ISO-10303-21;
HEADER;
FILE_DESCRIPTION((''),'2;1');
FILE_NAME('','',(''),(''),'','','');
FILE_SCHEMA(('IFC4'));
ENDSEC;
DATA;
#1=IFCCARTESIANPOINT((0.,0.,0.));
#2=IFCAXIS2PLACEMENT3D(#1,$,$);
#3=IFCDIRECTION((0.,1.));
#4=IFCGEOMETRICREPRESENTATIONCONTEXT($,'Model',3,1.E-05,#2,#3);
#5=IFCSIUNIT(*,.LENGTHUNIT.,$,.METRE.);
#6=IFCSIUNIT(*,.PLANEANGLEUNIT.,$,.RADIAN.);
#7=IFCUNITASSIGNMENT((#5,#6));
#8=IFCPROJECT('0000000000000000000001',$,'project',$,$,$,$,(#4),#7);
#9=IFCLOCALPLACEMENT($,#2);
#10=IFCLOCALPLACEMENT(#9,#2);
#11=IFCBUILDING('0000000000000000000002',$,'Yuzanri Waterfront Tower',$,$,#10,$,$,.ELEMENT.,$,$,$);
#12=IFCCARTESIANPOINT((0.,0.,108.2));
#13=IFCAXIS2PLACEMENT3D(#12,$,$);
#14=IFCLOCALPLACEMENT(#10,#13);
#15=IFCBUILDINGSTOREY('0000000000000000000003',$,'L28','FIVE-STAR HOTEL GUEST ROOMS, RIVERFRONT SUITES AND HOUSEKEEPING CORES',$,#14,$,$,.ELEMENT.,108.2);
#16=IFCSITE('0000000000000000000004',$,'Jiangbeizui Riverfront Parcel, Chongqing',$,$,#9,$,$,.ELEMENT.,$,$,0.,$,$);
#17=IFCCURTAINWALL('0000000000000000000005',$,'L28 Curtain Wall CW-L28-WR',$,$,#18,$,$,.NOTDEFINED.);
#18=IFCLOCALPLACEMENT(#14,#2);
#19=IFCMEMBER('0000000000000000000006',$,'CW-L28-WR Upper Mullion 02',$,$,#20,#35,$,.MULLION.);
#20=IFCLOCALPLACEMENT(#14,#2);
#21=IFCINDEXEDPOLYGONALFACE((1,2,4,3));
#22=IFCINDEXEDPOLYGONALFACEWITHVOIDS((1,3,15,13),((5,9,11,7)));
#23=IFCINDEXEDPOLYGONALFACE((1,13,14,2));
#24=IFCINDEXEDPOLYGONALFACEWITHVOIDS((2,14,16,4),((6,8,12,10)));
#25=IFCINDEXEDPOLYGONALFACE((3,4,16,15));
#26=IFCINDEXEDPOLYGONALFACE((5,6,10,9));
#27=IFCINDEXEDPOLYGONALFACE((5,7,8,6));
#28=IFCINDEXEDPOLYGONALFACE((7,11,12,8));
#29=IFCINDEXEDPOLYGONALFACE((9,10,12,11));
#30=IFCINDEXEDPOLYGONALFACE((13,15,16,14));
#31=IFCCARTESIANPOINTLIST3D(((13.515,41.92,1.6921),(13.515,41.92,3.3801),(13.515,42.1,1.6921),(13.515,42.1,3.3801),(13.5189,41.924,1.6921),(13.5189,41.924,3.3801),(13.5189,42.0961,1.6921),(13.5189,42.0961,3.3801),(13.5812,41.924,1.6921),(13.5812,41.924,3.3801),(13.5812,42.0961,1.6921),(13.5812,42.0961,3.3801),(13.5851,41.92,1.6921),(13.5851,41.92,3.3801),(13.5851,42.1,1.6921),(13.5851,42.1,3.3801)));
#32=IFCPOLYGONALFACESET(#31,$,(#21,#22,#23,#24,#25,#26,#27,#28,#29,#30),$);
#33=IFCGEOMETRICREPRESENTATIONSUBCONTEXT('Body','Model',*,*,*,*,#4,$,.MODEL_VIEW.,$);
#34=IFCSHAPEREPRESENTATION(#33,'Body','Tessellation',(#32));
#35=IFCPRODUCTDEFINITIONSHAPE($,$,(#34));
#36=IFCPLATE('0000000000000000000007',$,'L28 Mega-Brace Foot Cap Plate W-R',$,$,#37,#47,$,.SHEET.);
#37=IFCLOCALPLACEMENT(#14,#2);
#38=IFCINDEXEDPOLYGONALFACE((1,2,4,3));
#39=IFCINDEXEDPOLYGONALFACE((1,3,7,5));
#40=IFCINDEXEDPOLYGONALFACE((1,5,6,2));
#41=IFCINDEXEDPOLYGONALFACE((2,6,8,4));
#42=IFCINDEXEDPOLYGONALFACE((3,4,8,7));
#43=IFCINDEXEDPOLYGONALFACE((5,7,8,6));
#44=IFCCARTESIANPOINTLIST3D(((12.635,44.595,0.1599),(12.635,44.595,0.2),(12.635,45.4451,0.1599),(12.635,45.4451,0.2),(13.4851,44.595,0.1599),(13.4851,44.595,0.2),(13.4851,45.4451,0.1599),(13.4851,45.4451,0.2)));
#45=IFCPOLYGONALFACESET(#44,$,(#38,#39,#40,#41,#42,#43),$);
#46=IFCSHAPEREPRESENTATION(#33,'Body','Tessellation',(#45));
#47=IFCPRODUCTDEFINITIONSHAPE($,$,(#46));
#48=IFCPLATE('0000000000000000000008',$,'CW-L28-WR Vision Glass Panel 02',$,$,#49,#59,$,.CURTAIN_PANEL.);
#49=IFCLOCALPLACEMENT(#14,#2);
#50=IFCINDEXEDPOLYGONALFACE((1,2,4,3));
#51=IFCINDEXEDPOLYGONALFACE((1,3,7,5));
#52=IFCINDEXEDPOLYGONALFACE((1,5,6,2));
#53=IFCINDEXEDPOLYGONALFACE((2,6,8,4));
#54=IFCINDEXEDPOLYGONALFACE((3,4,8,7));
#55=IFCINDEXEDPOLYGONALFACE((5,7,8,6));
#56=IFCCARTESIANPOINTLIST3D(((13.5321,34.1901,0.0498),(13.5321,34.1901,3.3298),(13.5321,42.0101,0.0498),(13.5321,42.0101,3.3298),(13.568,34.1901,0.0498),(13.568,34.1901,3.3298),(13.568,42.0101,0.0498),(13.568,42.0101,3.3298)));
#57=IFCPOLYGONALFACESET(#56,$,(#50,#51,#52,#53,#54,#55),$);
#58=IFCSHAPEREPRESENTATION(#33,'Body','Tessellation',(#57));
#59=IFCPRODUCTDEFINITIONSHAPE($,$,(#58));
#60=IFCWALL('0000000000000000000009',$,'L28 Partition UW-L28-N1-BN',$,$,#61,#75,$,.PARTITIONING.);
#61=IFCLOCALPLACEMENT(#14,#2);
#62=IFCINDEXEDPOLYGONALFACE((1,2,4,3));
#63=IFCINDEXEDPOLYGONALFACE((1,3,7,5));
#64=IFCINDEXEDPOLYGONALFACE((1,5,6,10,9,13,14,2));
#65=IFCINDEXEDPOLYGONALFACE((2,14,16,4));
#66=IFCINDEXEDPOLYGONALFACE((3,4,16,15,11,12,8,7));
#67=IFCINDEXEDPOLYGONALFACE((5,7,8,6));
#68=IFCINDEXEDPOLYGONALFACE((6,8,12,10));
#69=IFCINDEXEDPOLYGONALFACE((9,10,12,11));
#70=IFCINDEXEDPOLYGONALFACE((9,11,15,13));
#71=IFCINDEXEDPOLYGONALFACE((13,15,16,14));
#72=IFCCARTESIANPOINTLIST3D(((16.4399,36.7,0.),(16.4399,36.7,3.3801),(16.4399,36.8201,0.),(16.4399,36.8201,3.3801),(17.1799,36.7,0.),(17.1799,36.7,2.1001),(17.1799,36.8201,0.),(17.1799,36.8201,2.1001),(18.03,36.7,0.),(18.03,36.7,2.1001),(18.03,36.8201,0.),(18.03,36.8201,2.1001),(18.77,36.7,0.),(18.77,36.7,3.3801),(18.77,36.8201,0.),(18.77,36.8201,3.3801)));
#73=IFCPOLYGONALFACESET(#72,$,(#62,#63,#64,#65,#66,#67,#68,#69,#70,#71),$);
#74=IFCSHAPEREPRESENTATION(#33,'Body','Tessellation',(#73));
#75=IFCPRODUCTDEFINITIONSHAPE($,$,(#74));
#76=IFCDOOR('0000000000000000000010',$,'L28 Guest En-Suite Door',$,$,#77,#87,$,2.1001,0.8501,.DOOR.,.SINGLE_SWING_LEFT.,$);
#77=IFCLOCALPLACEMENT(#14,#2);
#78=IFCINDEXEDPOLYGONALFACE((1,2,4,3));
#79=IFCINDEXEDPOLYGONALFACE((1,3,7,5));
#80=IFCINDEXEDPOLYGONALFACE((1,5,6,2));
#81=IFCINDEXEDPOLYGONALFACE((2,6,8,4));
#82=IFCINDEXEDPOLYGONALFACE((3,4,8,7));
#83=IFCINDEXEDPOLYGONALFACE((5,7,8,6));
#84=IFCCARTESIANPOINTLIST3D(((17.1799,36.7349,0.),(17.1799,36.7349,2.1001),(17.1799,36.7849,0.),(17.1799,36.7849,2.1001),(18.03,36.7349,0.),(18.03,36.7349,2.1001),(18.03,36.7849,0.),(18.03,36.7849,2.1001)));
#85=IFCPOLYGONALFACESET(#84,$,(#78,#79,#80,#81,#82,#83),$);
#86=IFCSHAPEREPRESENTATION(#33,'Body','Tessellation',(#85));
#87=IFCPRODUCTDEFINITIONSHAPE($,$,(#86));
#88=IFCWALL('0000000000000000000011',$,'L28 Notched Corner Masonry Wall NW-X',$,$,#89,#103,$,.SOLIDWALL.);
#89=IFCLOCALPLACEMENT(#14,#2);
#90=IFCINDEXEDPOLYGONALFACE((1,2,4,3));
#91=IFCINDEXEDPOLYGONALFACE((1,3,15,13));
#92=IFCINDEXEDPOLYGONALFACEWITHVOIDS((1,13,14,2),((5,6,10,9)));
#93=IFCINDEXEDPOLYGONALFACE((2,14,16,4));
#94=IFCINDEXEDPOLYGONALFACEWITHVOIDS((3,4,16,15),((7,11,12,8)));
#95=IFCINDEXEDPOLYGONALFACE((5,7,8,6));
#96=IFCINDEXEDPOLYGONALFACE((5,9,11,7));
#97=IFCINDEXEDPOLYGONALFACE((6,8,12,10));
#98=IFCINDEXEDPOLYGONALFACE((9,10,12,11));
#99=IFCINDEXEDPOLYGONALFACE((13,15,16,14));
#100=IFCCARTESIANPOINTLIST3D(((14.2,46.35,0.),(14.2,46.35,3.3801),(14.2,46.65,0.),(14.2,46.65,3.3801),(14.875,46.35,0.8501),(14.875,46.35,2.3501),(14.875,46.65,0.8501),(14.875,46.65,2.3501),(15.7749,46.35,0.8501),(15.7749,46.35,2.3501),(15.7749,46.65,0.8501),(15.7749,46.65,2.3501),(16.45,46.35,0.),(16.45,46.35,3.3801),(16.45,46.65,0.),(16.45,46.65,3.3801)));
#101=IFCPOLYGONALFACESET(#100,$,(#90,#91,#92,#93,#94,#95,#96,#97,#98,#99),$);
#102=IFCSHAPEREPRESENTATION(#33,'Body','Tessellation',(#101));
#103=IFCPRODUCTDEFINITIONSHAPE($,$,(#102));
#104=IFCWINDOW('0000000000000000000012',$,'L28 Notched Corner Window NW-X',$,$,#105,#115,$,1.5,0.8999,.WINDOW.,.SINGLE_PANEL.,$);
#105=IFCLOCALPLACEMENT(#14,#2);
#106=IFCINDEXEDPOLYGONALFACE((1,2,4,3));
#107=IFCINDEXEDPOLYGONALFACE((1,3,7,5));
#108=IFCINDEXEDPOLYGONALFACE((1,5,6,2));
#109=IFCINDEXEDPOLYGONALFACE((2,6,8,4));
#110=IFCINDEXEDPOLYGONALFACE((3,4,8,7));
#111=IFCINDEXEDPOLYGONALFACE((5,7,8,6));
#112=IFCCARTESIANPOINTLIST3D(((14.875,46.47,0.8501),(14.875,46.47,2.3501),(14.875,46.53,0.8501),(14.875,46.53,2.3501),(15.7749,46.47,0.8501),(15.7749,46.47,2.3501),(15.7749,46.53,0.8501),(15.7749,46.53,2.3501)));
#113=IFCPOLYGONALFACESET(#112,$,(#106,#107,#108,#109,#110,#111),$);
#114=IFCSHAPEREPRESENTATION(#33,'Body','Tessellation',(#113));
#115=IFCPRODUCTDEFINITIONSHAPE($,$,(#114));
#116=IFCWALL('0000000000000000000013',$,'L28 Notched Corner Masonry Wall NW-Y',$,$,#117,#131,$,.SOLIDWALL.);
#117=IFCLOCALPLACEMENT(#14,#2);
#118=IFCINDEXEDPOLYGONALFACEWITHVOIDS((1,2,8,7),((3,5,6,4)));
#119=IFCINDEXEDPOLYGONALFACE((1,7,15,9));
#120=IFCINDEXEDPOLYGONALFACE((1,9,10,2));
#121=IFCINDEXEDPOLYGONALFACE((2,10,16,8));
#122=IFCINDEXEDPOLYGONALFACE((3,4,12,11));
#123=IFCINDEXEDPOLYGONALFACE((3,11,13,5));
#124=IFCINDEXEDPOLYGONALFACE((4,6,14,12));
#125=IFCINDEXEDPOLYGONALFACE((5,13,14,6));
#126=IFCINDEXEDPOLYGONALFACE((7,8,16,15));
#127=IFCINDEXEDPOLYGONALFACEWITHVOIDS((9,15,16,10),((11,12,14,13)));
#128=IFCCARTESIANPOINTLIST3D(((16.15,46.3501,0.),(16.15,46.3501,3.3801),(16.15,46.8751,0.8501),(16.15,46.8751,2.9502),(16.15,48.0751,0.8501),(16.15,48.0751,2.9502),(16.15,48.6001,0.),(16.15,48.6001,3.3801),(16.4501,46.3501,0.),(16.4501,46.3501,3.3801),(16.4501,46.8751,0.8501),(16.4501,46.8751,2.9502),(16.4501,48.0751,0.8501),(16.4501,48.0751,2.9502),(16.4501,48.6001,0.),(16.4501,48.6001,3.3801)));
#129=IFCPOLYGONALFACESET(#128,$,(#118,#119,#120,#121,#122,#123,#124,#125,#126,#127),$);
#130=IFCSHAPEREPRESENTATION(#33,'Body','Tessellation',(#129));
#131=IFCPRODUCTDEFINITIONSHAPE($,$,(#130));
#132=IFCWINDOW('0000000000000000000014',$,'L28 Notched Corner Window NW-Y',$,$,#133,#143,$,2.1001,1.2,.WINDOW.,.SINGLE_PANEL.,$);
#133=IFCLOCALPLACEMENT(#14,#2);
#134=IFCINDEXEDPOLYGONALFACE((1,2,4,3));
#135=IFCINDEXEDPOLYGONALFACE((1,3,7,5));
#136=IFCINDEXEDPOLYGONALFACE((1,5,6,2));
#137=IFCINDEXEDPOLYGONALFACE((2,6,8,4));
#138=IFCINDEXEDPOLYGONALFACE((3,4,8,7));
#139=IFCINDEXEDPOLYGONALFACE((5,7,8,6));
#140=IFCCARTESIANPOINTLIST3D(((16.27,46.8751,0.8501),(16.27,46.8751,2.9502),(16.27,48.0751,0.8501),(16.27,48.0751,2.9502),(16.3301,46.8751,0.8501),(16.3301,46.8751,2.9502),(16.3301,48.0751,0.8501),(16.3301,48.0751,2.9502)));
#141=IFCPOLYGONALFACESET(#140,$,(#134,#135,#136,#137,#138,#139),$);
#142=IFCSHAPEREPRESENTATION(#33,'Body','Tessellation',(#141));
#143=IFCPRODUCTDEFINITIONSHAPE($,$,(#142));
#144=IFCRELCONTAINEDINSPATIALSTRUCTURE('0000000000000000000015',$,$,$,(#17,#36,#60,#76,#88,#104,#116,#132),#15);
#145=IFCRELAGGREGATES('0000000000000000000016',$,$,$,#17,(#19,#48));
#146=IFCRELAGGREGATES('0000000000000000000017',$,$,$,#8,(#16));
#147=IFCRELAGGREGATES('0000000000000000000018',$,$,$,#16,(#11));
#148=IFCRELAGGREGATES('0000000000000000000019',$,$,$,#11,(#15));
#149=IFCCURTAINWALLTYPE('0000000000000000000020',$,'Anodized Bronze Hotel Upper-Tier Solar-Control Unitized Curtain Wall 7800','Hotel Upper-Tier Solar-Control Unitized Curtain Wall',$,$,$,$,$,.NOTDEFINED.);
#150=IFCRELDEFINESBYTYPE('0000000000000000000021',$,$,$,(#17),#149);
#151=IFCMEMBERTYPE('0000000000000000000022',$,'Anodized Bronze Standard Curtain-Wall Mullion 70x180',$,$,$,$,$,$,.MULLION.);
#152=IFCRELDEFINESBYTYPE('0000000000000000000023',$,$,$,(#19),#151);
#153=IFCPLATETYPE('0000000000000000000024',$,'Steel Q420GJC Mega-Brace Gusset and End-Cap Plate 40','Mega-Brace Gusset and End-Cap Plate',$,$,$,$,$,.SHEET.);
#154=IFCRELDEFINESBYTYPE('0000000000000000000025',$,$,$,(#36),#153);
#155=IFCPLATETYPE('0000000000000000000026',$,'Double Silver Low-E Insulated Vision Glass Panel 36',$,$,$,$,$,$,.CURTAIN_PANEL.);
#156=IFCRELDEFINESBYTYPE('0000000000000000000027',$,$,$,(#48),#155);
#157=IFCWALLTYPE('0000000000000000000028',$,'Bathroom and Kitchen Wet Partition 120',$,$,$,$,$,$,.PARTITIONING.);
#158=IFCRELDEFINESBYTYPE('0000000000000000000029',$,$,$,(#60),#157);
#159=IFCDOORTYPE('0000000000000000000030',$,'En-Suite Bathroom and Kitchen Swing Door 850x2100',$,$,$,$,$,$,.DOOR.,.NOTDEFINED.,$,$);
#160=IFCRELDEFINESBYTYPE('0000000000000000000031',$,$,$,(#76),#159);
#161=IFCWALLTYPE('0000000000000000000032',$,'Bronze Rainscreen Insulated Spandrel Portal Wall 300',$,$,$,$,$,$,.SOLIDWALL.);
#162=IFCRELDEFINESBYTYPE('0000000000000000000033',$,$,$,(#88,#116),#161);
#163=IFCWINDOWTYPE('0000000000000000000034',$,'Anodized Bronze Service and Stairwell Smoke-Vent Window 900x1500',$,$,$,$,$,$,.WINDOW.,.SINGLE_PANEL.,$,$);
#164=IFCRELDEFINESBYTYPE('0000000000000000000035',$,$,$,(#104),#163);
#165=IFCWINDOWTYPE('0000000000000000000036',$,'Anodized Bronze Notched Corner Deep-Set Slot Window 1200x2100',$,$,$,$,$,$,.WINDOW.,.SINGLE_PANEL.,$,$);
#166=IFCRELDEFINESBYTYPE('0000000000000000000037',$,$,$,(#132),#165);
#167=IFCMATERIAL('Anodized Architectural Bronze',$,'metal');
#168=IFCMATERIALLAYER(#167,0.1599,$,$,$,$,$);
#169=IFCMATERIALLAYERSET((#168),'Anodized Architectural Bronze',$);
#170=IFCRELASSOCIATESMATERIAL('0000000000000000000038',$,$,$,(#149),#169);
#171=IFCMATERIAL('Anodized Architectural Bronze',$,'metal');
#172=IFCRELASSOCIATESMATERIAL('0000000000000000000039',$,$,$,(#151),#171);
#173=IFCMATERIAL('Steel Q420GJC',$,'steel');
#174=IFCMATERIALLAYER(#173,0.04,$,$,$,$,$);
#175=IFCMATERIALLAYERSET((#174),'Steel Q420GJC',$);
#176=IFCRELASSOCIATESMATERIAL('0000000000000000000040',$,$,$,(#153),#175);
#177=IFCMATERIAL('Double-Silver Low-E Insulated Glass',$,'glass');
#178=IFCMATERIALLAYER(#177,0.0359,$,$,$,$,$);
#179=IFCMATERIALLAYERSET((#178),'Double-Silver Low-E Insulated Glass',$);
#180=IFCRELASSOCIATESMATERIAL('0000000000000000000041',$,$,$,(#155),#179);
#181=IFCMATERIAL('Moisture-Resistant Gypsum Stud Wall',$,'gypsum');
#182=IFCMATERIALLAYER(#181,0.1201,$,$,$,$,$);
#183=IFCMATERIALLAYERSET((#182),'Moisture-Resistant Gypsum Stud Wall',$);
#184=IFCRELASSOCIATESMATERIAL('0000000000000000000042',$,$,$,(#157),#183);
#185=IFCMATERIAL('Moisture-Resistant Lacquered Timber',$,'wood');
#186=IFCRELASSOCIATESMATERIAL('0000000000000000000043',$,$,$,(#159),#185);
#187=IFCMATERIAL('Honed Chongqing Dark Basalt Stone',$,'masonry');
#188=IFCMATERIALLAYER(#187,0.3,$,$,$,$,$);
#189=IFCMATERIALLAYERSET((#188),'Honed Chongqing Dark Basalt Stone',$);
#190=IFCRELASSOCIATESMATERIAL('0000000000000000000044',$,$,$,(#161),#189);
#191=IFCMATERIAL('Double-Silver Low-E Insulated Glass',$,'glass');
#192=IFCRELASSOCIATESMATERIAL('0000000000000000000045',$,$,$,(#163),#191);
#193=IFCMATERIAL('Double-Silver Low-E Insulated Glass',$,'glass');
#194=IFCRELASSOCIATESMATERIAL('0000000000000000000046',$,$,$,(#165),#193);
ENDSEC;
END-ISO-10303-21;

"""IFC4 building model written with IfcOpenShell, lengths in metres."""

from ifc_helpers import new_model, si_unit, direction, frame, frame_2d, origin, origin_2d, place, context, subcontext, project, spatial, rectangle, hollow_rectangle, extrude, source, transform, mapped, material, layer, layer_set, material_profile, profile_set, type_object, element, fill, aggregate, save


model = new_model("IFC4")

# Units and contexts
model_context = context("Model", 3, precision=1e-05, world=origin(), true_north=direction((0.0, 1.0)))
body_context = subcontext(model_context, "Body", "Model", "MODEL_VIEW")
ifc_project = project(units=[si_unit("LENGTHUNIT", "METRE"), si_unit("PLANEANGLEUNIT", "RADIAN")], contexts=[model_context])

# Site, building, storey
site_placement = place(None, origin())
site = spatial("IfcSite", under=ifc_project, at=site_placement, Name="Jiangbeizui Riverfront Parcel, Chongqing", CompositionType="ELEMENT", RefElevation=0.0)
building_placement = place(site_placement, origin())
building = spatial("IfcBuilding", under=site, at=building_placement, Name="Yuzanri Waterfront Tower", CompositionType="ELEMENT")
storey_placement = place(building_placement, frame((0.0, 0.0, 108.2)))
storey = spatial("IfcBuildingStorey", under=building, at=storey_placement, Name="L28", Description="FIVE-STAR HOTEL GUEST ROOMS, RIVERFRONT SUITES AND HOUSEKEEPING CORES", CompositionType="ELEMENT", Elevation=108.2)

# Curtain wall, member
ifc_material_1 = material(Name="Anodized Architectural Bronze", Category="metal")
ifc_layer_1 = layer(ifc_material_1, 0.1599)
ifc_layer_set_1 = layer_set([ifc_layer_1], Name="Anodized Architectural Bronze")
curtain_wall_type = type_object("IfcCurtainWallType", Name="Anodized Bronze Hotel Upper-Tier Solar-Control Unitized Curtain Wall 7800", Description="Hotel Upper-Tier Solar-Control Unitized Curtain Wall", PredefinedType="NOTDEFINED", material=ifc_layer_set_1)
curtain_wall_placement = place(storey_placement, origin())
curtain_wall = element("IfcCurtainWall", 1, at=curtain_wall_placement, inside=storey, type_object=curtain_wall_type, Name="L28 Curtain Wall CW-L28-WR", PredefinedType="NOTDEFINED")
ifc_material_2 = material(Name="Anodized Architectural Bronze", Category="metal")
ifc_material_profile_1 = material_profile(ifc_material_2, hollow_rectangle(XDim=0.0701, YDim=0.1799, WallThickness=0.0039, at=origin_2d()), Name="CWM 70x180")
ifc_profile_set_1 = profile_set([ifc_material_profile_1], Name="Anodized Architectural Bronze")
member_type_1 = type_object("IfcMemberType", Name="Anodized Bronze Standard Curtain-Wall Mullion 70x180", PredefinedType="MULLION", material=ifc_profile_set_1)
shared_shape_1 = source(origin(), body_context, "Body", "SweptSolid", [
    extrude(hollow_rectangle(XDim=0.0701, YDim=0.1799, WallThickness=0.0039, at=origin_2d()), origin(), (0.0, 0.0, 1.0), 1.688),
])
member_1_placement = place(storey_placement, frame((13.55, 42.01, 1.6921), z_axis=(0.0, 0.0, 1.0), x_axis=(1.0, 0.0, 0.0)))
member_1 = element("IfcMember", 2, at=member_1_placement, type_object=member_type_1, Name="CW-L28-WR Upper Mullion 02", PredefinedType="MULLION", context=body_context, shape_type="MappedRepresentation", body=[
    mapped(shared_shape_1, transform((0.0, 0.0, 0.0), scale=1.0)),
])

# Plates
ifc_material_3 = material(Name="Steel Q420GJC", Category="steel")
ifc_layer_2 = layer(ifc_material_3, 0.04)
ifc_layer_set_2 = layer_set([ifc_layer_2], Name="Steel Q420GJC")
plate_type_1 = type_object("IfcPlateType", Name="Steel Q420GJC Mega-Brace Gusset and End-Cap Plate 40", Description="Mega-Brace Gusset and End-Cap Plate", PredefinedType="SHEET", material=ifc_layer_set_2)
shared_shape_2 = source(origin(), body_context, "Body", "SweptSolid", [
    extrude(rectangle(XDim=0.8501, YDim=0.8501, at=origin_2d()), origin(), (0.0, 0.0, 1.0), 0.04),
])
plate_1_placement = place(storey_placement, frame((13.0601, 45.02, 0.1599), z_axis=(0.0, 0.0, 1.0), x_axis=(1.0, 0.0, 0.0)))
element("IfcPlate", 3, at=plate_1_placement, inside=storey, type_object=plate_type_1, Name="L28 Mega-Brace Foot Cap Plate W-R", PredefinedType="SHEET", context=body_context, shape_type="MappedRepresentation", body=[
    mapped(shared_shape_2, transform((0.0, 0.0, 0.0), scale=1.0)),
])
ifc_material_4 = material(Name="Double-Silver Low-E Insulated Glass", Category="glass")
ifc_layer_3 = layer(ifc_material_4, 0.0359)
ifc_layer_set_3 = layer_set([ifc_layer_3], Name="Double-Silver Low-E Insulated Glass")
plate_type_2 = type_object("IfcPlateType", Name="Double Silver Low-E Insulated Vision Glass Panel 36", PredefinedType="CURTAIN_PANEL", material=ifc_layer_set_3)
shared_shape_3 = source(origin(), body_context, "Body", "SweptSolid", [
    extrude(rectangle(XDim=7.8201, YDim=0.0359, at=origin_2d()), origin(), (0.0, 0.0, 1.0), 3.28),
])
plate_2_placement = place(storey_placement, frame((13.55, 38.1001, 0.0498), z_axis=(0.0, 0.0, 1.0), x_axis=(0.0, 1.0, 0.0)))
plate_2 = element("IfcPlate", 4, at=plate_2_placement, type_object=plate_type_2, Name="CW-L28-WR Vision Glass Panel 02", PredefinedType="CURTAIN_PANEL", context=body_context, shape_type="MappedRepresentation", body=[
    mapped(shared_shape_3, transform((0.0, 0.0, 0.0), scale=1.0)),
])
aggregate(curtain_wall, [member_1, plate_2])

# Wall, opening, door
ifc_material_5 = material(Name="Moisture-Resistant Gypsum Stud Wall", Category="gypsum")
ifc_layer_4 = layer(ifc_material_5, 0.1201)
ifc_layer_set_4 = layer_set([ifc_layer_4], Name="Moisture-Resistant Gypsum Stud Wall")
wall_type_1 = type_object("IfcWallType", Name="Bathroom and Kitchen Wet Partition 120", PredefinedType="PARTITIONING", material=ifc_layer_set_4)
wall_1_placement = place(storey_placement, frame((16.4399, 36.76, 0.0), z_axis=(0.0, 0.0, 1.0), x_axis=(1.0, 0.0, 0.0)))
wall_1 = element("IfcWall", 5, at=wall_1_placement, inside=storey, type_object=wall_type_1, Name="L28 Partition UW-L28-N1-BN", PredefinedType="PARTITIONING", context=body_context, shape_type="SweptSolid", body=[
    extrude(rectangle(XDim=2.3301, YDim=0.1201, at=frame_2d((1.165, 0.0))), origin(), (0.0, 0.0, 1.0), 3.3801),
])
opening_1_placement = place(wall_1_placement, frame((0.74, 0.0, 0.0)))
opening_1 = element("IfcOpeningElement", 6, at=opening_1_placement, cuts=wall_1, PredefinedType="OPENING", context=body_context, shape_type="SweptSolid", body=[
    extrude(rectangle(XDim=0.8501, YDim=2.1001, at=frame_2d((0.425, 1.05))), frame((0.0, 0.075, 0.0), z_axis=(0.0, -1.0, 0.0), x_axis=(1.0, 0.0, 0.0)), (0.0, 0.0, 1.0), 0.1499),
])
ifc_material_6 = material(Name="Moisture-Resistant Lacquered Timber", Category="wood")
door_type_1 = type_object("IfcDoorType", Name="En-Suite Bathroom and Kitchen Swing Door 850x2100", OperationType="NOTDEFINED", PredefinedType="DOOR", material=ifc_material_6)
shared_shape_4 = source(origin(), body_context, "Body", "SweptSolid", [
    extrude(rectangle(XDim=0.8501, YDim=2.1001, at=frame_2d((0.425, 1.05))), frame((0.0, 0.0249, 0.0), z_axis=(0.0, -1.0, 0.0), x_axis=(1.0, 0.0, 0.0)), (0.0, 0.0, 1.0), 0.05),
])
door_1_placement = place(opening_1_placement, origin())
door_1 = element("IfcDoor", 7, at=door_1_placement, inside=storey, type_object=door_type_1, Name="L28 Guest En-Suite Door", OperationType="SINGLE_SWING_LEFT", OverallHeight=2.1001, OverallWidth=0.8501, PredefinedType="DOOR", context=body_context, shape_type="MappedRepresentation", body=[
    mapped(shared_shape_4, transform((0.0, 0.0, 0.0), scale=1.0)),
])
fill(opening_1, door_1)

# Walls, openings, windows
ifc_material_7 = material(Name="Honed Chongqing Dark Basalt Stone", Category="masonry")
ifc_layer_5 = layer(ifc_material_7, 0.3)
ifc_layer_set_5 = layer_set([ifc_layer_5], Name="Honed Chongqing Dark Basalt Stone")
wall_type_2 = type_object("IfcWallType", Name="Bronze Rainscreen Insulated Spandrel Portal Wall 300", PredefinedType="SOLIDWALL", material=ifc_layer_set_5)
wall_2_placement = place(storey_placement, frame((16.45, 46.5, 0.0), z_axis=(0.0, 0.0, 1.0), x_axis=(-1.0, 0.0, 0.0)))
wall_2 = element("IfcWall", 8, at=wall_2_placement, inside=storey, type_object=wall_type_2, Name="L28 Notched Corner Masonry Wall NW-X", PredefinedType="SOLIDWALL", context=body_context, shape_type="SweptSolid", body=[
    extrude(rectangle(XDim=2.25, YDim=0.3, at=frame_2d((1.125, 0.0))), origin(), (0.0, 0.0, 1.0), 3.3801),
])
opening_2_placement = place(wall_2_placement, frame((0.675, 0.0, 0.8501)))
opening_2 = element("IfcOpeningElement", 9, at=opening_2_placement, cuts=wall_2, PredefinedType="OPENING", context=body_context, shape_type="SweptSolid", body=[
    extrude(rectangle(XDim=0.8999, YDim=1.5, at=frame_2d((0.45, 0.75))), frame((0.0, 0.165, 0.0), z_axis=(0.0, -1.0, 0.0), x_axis=(1.0, 0.0, 0.0)), (0.0, 0.0, 1.0), 0.3298),
])
ifc_material_8 = material(Name="Double-Silver Low-E Insulated Glass", Category="glass")
window_type_1 = type_object("IfcWindowType", Name="Anodized Bronze Service and Stairwell Smoke-Vent Window 900x1500", PartitioningType="SINGLE_PANEL", PredefinedType="WINDOW", material=ifc_material_8)
shared_shape_5 = source(origin(), body_context, "Body", "SweptSolid", [
    extrude(rectangle(XDim=0.8999, YDim=1.5, at=frame_2d((0.45, 0.75))), frame((0.0, 0.03, 0.0), z_axis=(0.0, -1.0, 0.0), x_axis=(1.0, 0.0, 0.0)), (0.0, 0.0, 1.0), 0.0601),
])
window_1_placement = place(opening_2_placement, origin())
window_1 = element("IfcWindow", 10, at=window_1_placement, inside=storey, type_object=window_type_1, Name="L28 Notched Corner Window NW-X", OverallHeight=1.5, OverallWidth=0.8999, PartitioningType="SINGLE_PANEL", PredefinedType="WINDOW", context=body_context, shape_type="MappedRepresentation", body=[
    mapped(shared_shape_5, transform((0.0, 0.0, 0.0), scale=1.0)),
])
fill(opening_2, window_1)
wall_3_placement = place(storey_placement, frame((16.3, 48.6001, 0.0), z_axis=(0.0, 0.0, 1.0), x_axis=(0.0, -1.0, 0.0)))
wall_3 = element("IfcWall", 11, at=wall_3_placement, inside=storey, type_object=wall_type_2, Name="L28 Notched Corner Masonry Wall NW-Y", PredefinedType="SOLIDWALL", context=body_context, shape_type="SweptSolid", body=[
    extrude(rectangle(XDim=2.25, YDim=0.3, at=frame_2d((1.125, 0.0))), origin(), (0.0, 0.0, 1.0), 3.3801),
])
opening_3_placement = place(wall_3_placement, frame((0.5249, 0.0, 0.8501)))
opening_3 = element("IfcOpeningElement", 12, at=opening_3_placement, cuts=wall_3, PredefinedType="OPENING", context=body_context, shape_type="SweptSolid", body=[
    extrude(rectangle(XDim=1.2, YDim=2.1001, at=frame_2d((0.6001, 1.05))), frame((0.0, 0.165, 0.0), z_axis=(0.0, -1.0, 0.0), x_axis=(1.0, 0.0, 0.0)), (0.0, 0.0, 1.0), 0.3298),
])
ifc_material_9 = material(Name="Double-Silver Low-E Insulated Glass", Category="glass")
window_type_2 = type_object("IfcWindowType", Name="Anodized Bronze Notched Corner Deep-Set Slot Window 1200x2100", PartitioningType="SINGLE_PANEL", PredefinedType="WINDOW", material=ifc_material_9)
shared_shape_6 = source(origin(), body_context, "Body", "SweptSolid", [
    extrude(rectangle(XDim=1.2, YDim=2.1001, at=frame_2d((0.6001, 1.05))), frame((0.0, 0.03, 0.0), z_axis=(0.0, -1.0, 0.0), x_axis=(1.0, 0.0, 0.0)), (0.0, 0.0, 1.0), 0.0601),
])
window_2_placement = place(opening_3_placement, origin())
window_2 = element("IfcWindow", 13, at=window_2_placement, inside=storey, type_object=window_type_2, Name="L28 Notched Corner Window NW-Y", OverallHeight=2.1001, OverallWidth=1.2, PartitioningType="SINGLE_PANEL", PredefinedType="WINDOW", context=body_context, shape_type="MappedRepresentation", body=[
    mapped(shared_shape_6, transform((0.0, 0.0, 0.0), scale=1.0)),
])
fill(opening_3, window_2)

save(model, "model.ifc")
